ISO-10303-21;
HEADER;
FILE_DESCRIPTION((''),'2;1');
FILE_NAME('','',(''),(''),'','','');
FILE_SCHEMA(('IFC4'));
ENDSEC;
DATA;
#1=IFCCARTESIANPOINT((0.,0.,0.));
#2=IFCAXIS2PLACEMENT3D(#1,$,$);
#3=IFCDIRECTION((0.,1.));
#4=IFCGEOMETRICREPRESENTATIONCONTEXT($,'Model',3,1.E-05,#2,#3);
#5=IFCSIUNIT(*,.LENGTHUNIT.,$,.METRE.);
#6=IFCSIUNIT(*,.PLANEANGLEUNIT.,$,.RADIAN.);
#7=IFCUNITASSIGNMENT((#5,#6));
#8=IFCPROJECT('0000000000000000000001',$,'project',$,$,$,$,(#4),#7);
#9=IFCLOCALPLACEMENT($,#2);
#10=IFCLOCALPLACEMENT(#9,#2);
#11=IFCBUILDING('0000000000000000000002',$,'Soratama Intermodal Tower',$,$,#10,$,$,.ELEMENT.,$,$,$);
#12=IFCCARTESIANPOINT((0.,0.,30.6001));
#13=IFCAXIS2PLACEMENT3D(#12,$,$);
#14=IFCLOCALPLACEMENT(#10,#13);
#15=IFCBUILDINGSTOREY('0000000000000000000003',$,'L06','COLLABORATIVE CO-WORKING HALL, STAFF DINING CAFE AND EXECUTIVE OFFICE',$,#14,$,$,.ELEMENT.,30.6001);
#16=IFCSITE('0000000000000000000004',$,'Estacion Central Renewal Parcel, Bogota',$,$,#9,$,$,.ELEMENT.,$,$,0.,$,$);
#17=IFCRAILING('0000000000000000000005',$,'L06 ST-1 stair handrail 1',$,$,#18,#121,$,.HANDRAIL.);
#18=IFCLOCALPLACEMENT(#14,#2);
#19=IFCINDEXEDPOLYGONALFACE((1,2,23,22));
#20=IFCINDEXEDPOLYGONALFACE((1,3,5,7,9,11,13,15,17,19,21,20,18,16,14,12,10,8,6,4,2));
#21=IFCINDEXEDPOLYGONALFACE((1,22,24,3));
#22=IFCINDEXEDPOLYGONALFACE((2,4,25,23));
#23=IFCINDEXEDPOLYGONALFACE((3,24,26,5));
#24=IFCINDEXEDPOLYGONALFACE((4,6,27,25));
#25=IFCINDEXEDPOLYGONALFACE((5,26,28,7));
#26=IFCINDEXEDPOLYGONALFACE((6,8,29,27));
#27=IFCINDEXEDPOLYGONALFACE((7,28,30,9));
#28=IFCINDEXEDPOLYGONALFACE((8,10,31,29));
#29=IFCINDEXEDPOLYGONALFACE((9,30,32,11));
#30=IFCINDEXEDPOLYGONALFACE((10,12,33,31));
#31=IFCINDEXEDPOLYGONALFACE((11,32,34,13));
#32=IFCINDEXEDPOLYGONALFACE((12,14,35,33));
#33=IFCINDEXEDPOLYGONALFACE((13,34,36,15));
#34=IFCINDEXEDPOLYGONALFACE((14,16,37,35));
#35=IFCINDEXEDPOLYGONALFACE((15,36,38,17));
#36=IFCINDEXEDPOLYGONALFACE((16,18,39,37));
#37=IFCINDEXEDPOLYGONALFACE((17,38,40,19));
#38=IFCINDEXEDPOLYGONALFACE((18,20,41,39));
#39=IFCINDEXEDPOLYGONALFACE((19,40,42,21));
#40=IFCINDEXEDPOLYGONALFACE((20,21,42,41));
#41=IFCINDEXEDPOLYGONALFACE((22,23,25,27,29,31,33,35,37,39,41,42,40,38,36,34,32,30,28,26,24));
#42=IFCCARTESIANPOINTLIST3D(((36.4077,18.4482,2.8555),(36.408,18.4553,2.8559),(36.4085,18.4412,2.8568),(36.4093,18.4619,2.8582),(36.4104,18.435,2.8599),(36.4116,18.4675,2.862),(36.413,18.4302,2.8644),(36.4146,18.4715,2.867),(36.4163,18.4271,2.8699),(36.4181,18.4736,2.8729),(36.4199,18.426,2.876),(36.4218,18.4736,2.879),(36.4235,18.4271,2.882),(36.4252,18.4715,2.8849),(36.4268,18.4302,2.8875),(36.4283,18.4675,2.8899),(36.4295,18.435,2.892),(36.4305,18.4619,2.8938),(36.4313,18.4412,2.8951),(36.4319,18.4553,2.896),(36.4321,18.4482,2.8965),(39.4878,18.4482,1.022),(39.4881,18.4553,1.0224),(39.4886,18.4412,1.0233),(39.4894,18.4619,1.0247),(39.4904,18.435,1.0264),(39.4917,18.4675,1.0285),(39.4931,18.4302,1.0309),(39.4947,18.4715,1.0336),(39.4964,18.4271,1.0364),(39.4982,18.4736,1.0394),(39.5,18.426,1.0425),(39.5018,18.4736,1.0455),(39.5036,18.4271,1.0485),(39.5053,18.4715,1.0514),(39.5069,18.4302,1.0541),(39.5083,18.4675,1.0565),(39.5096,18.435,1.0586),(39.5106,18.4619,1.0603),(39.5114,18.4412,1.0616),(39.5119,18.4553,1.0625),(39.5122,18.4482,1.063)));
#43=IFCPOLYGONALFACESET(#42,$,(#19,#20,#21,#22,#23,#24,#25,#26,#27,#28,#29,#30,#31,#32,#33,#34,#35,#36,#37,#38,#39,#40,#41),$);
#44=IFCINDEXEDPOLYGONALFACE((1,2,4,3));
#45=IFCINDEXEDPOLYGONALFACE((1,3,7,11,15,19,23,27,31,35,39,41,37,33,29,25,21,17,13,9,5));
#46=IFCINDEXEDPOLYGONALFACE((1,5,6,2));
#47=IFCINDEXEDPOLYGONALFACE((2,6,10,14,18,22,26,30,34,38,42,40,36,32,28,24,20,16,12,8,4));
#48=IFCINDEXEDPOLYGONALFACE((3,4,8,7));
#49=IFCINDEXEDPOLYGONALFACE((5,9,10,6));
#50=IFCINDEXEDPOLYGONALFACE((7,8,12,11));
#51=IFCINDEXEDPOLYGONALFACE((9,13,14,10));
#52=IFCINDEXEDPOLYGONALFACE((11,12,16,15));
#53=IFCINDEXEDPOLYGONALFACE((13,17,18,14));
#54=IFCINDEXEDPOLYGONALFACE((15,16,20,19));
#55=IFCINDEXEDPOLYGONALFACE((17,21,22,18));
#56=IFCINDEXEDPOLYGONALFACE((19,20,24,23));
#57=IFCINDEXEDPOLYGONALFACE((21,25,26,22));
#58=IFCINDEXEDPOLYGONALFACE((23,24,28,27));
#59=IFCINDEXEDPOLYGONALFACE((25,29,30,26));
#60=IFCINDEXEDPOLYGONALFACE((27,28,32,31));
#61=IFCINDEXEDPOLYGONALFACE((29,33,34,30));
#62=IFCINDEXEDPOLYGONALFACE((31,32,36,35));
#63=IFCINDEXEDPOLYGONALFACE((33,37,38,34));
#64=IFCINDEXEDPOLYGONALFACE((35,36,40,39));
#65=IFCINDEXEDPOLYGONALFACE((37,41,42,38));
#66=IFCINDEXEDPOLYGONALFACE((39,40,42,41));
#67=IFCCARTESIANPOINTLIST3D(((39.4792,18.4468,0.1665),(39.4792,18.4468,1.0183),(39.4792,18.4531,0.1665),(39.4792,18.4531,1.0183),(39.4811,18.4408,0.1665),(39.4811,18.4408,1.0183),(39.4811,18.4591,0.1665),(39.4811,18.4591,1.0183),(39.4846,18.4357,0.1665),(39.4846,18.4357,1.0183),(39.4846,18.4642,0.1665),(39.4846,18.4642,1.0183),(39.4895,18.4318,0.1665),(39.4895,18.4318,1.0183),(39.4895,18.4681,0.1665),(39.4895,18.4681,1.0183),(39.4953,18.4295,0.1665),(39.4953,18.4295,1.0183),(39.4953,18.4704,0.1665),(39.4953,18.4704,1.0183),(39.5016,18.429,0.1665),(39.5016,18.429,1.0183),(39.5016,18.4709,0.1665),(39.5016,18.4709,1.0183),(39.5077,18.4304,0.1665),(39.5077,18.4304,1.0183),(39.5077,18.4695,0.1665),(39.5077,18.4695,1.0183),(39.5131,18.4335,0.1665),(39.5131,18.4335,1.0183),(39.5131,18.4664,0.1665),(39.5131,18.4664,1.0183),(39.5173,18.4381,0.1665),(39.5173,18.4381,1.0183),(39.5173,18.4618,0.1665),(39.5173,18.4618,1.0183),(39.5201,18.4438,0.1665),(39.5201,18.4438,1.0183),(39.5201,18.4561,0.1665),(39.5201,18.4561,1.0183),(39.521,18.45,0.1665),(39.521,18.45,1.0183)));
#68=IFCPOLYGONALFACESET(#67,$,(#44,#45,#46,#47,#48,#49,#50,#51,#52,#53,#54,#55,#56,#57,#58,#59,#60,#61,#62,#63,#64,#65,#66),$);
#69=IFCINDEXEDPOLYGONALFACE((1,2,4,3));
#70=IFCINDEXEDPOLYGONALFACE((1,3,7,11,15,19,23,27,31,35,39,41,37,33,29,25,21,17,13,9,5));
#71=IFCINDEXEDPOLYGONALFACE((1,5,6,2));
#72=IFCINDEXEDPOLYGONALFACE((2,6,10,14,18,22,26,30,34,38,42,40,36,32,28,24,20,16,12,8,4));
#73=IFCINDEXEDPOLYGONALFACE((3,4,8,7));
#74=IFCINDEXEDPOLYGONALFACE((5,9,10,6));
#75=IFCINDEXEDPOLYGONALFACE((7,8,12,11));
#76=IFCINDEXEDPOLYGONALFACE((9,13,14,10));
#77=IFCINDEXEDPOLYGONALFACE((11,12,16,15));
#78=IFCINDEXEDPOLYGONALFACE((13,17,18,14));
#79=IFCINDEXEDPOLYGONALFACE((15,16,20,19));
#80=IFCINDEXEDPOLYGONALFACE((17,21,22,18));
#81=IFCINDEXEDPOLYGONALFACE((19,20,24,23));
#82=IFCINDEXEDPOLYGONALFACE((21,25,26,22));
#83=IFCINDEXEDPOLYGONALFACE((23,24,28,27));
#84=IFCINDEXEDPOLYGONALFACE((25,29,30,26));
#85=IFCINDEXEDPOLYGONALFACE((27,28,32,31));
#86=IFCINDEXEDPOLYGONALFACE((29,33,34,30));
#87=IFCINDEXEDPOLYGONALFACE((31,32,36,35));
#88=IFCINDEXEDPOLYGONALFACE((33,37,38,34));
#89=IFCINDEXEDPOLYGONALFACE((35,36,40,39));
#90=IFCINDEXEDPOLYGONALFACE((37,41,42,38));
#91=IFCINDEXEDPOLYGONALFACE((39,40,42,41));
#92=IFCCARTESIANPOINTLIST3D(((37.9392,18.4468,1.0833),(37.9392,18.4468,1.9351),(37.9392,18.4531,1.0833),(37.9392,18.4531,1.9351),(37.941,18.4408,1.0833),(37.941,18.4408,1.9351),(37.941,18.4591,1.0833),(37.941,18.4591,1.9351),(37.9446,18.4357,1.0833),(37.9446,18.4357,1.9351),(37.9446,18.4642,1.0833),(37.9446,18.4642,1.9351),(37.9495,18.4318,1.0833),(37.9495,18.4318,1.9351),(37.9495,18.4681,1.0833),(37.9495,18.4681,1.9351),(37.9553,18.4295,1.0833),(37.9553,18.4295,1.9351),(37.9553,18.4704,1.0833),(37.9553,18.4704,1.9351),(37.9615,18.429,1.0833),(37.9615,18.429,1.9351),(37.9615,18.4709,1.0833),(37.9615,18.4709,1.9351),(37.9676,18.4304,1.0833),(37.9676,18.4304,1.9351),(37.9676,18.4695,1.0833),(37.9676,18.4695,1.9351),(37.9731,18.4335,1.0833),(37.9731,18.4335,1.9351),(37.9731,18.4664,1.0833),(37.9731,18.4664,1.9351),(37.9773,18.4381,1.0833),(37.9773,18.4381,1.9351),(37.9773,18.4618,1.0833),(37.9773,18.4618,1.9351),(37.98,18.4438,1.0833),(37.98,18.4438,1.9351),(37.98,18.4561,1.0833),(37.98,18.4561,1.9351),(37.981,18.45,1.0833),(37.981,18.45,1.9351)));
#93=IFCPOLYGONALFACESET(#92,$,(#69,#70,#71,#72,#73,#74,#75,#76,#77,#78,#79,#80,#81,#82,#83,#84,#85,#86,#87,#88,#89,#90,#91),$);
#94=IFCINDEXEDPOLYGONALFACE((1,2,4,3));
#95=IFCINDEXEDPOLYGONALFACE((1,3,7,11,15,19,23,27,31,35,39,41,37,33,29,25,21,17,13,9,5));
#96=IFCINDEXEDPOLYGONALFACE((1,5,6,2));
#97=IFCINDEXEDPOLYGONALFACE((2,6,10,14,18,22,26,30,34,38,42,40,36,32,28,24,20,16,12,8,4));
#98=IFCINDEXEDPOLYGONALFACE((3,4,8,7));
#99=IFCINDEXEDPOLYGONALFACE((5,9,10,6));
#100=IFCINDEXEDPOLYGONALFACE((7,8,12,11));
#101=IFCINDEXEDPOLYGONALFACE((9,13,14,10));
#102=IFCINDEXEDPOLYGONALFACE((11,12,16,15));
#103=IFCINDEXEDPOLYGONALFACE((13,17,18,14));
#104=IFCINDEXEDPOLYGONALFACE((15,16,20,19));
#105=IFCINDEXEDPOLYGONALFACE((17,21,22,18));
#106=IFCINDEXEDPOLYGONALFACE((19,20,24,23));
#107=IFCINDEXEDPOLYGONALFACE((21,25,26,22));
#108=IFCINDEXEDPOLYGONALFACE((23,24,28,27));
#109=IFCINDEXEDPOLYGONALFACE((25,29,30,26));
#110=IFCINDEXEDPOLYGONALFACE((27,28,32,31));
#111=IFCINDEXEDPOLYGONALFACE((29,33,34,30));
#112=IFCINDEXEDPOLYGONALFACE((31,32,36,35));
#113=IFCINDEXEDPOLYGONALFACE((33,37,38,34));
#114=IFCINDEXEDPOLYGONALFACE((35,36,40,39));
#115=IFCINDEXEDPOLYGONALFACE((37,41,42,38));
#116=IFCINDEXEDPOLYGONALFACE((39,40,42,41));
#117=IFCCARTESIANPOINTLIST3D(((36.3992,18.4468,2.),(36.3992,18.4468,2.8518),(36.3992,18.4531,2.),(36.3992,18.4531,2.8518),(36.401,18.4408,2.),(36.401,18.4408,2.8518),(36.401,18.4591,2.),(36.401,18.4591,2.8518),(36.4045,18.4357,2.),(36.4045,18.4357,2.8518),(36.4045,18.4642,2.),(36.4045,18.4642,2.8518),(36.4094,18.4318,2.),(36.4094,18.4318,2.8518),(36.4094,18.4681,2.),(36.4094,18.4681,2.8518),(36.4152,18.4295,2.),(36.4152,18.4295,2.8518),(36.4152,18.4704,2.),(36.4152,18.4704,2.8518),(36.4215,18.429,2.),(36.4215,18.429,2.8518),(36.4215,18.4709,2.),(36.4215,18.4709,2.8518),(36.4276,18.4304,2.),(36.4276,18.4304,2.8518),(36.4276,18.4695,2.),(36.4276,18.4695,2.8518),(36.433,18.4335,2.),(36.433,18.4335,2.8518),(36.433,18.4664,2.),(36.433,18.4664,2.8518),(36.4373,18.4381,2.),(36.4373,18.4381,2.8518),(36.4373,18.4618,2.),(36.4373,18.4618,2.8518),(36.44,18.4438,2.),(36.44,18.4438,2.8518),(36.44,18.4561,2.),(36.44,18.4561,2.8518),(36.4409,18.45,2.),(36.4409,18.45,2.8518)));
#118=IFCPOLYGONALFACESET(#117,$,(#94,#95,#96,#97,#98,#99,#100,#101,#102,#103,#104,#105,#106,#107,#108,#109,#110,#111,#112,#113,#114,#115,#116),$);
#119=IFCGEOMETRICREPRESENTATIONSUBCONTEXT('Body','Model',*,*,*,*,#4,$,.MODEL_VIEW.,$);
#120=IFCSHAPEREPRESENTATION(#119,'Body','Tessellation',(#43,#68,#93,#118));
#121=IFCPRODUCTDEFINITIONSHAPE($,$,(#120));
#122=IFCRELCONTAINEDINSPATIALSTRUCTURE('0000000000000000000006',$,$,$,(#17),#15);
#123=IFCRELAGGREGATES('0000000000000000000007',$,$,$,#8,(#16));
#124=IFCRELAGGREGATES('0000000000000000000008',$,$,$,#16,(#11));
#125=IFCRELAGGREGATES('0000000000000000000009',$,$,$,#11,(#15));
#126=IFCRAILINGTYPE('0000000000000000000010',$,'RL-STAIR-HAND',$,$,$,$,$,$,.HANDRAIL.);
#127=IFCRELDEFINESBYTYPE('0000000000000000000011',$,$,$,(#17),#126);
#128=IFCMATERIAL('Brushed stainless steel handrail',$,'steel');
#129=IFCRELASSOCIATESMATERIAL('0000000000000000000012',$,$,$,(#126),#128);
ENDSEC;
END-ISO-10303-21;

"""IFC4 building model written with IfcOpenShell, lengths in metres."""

from ifc_helpers import new_model, si_unit, direction, frame, origin, origin_2d, place, context, subcontext, project, spatial, circle, extrude, material, type_object, element, save


model = new_model("IFC4")

# Units and contexts
model_context = context("Model", 3, precision=1e-05, world=origin(), true_north=direction((0.0, 1.0)))
body_context = subcontext(model_context, "Body", "Model", "MODEL_VIEW")
ifc_project = project(units=[si_unit("LENGTHUNIT", "METRE"), si_unit("PLANEANGLEUNIT", "RADIAN")], contexts=[model_context])

# Site, building, storey
site_placement = place(None, origin())
site = spatial("IfcSite", under=ifc_project, at=site_placement, Name="Estacion Central Renewal Parcel, Bogota", CompositionType="ELEMENT", RefElevation=0.0)
building_placement = place(site_placement, origin())
building = spatial("IfcBuilding", under=site, at=building_placement, Name="Soratama Intermodal Tower", CompositionType="ELEMENT")
storey_placement = place(building_placement, frame((0.0, 0.0, 30.6001)))
storey = spatial("IfcBuildingStorey", under=building, at=storey_placement, Name="L06", Description="COLLABORATIVE CO-WORKING HALL, STAFF DINING CAFE AND EXECUTIVE OFFICE", CompositionType="ELEMENT", Elevation=30.6001)

# Railing
ifc_material_1 = material(Name="Brushed stainless steel handrail", Category="steel")
railing_type_1 = type_object("IfcRailingType", Name="RL-STAIR-HAND", PredefinedType="HANDRAIL", material=ifc_material_1)
railing_1_placement = place(storey_placement, frame((39.5, 18.45, 0.1665)))
element("IfcRailing", 1, at=railing_1_placement, inside=storey, type_object=railing_type_1, Name="L06 ST-1 stair handrail 1", PredefinedType="HANDRAIL", context=body_context, shape_type="SweptSolid", body=[
    extrude(circle(Radius=0.0239, at=origin_2d()), frame((0.0, 0.0, 0.876), z_axis=(-0.859279, 0.0, 0.511508), x_axis=(0.0, -1.0, 0.0)), (0.0, 0.0, 1.0), 3.5845),
    extrude(circle(Radius=0.021, at=origin_2d()), origin(), (0.0, 0.0, 1.0), 0.8518),
    extrude(circle(Radius=0.021, at=origin_2d()), frame((-1.54, 0.0, 0.9167)), (0.0, 0.0, 1.0), 0.8518),
    extrude(circle(Radius=0.021, at=origin_2d()), frame((-3.0801, 0.0, 1.8335)), (0.0, 0.0, 1.0), 0.8518),
])

save(model, "model.ifc")
